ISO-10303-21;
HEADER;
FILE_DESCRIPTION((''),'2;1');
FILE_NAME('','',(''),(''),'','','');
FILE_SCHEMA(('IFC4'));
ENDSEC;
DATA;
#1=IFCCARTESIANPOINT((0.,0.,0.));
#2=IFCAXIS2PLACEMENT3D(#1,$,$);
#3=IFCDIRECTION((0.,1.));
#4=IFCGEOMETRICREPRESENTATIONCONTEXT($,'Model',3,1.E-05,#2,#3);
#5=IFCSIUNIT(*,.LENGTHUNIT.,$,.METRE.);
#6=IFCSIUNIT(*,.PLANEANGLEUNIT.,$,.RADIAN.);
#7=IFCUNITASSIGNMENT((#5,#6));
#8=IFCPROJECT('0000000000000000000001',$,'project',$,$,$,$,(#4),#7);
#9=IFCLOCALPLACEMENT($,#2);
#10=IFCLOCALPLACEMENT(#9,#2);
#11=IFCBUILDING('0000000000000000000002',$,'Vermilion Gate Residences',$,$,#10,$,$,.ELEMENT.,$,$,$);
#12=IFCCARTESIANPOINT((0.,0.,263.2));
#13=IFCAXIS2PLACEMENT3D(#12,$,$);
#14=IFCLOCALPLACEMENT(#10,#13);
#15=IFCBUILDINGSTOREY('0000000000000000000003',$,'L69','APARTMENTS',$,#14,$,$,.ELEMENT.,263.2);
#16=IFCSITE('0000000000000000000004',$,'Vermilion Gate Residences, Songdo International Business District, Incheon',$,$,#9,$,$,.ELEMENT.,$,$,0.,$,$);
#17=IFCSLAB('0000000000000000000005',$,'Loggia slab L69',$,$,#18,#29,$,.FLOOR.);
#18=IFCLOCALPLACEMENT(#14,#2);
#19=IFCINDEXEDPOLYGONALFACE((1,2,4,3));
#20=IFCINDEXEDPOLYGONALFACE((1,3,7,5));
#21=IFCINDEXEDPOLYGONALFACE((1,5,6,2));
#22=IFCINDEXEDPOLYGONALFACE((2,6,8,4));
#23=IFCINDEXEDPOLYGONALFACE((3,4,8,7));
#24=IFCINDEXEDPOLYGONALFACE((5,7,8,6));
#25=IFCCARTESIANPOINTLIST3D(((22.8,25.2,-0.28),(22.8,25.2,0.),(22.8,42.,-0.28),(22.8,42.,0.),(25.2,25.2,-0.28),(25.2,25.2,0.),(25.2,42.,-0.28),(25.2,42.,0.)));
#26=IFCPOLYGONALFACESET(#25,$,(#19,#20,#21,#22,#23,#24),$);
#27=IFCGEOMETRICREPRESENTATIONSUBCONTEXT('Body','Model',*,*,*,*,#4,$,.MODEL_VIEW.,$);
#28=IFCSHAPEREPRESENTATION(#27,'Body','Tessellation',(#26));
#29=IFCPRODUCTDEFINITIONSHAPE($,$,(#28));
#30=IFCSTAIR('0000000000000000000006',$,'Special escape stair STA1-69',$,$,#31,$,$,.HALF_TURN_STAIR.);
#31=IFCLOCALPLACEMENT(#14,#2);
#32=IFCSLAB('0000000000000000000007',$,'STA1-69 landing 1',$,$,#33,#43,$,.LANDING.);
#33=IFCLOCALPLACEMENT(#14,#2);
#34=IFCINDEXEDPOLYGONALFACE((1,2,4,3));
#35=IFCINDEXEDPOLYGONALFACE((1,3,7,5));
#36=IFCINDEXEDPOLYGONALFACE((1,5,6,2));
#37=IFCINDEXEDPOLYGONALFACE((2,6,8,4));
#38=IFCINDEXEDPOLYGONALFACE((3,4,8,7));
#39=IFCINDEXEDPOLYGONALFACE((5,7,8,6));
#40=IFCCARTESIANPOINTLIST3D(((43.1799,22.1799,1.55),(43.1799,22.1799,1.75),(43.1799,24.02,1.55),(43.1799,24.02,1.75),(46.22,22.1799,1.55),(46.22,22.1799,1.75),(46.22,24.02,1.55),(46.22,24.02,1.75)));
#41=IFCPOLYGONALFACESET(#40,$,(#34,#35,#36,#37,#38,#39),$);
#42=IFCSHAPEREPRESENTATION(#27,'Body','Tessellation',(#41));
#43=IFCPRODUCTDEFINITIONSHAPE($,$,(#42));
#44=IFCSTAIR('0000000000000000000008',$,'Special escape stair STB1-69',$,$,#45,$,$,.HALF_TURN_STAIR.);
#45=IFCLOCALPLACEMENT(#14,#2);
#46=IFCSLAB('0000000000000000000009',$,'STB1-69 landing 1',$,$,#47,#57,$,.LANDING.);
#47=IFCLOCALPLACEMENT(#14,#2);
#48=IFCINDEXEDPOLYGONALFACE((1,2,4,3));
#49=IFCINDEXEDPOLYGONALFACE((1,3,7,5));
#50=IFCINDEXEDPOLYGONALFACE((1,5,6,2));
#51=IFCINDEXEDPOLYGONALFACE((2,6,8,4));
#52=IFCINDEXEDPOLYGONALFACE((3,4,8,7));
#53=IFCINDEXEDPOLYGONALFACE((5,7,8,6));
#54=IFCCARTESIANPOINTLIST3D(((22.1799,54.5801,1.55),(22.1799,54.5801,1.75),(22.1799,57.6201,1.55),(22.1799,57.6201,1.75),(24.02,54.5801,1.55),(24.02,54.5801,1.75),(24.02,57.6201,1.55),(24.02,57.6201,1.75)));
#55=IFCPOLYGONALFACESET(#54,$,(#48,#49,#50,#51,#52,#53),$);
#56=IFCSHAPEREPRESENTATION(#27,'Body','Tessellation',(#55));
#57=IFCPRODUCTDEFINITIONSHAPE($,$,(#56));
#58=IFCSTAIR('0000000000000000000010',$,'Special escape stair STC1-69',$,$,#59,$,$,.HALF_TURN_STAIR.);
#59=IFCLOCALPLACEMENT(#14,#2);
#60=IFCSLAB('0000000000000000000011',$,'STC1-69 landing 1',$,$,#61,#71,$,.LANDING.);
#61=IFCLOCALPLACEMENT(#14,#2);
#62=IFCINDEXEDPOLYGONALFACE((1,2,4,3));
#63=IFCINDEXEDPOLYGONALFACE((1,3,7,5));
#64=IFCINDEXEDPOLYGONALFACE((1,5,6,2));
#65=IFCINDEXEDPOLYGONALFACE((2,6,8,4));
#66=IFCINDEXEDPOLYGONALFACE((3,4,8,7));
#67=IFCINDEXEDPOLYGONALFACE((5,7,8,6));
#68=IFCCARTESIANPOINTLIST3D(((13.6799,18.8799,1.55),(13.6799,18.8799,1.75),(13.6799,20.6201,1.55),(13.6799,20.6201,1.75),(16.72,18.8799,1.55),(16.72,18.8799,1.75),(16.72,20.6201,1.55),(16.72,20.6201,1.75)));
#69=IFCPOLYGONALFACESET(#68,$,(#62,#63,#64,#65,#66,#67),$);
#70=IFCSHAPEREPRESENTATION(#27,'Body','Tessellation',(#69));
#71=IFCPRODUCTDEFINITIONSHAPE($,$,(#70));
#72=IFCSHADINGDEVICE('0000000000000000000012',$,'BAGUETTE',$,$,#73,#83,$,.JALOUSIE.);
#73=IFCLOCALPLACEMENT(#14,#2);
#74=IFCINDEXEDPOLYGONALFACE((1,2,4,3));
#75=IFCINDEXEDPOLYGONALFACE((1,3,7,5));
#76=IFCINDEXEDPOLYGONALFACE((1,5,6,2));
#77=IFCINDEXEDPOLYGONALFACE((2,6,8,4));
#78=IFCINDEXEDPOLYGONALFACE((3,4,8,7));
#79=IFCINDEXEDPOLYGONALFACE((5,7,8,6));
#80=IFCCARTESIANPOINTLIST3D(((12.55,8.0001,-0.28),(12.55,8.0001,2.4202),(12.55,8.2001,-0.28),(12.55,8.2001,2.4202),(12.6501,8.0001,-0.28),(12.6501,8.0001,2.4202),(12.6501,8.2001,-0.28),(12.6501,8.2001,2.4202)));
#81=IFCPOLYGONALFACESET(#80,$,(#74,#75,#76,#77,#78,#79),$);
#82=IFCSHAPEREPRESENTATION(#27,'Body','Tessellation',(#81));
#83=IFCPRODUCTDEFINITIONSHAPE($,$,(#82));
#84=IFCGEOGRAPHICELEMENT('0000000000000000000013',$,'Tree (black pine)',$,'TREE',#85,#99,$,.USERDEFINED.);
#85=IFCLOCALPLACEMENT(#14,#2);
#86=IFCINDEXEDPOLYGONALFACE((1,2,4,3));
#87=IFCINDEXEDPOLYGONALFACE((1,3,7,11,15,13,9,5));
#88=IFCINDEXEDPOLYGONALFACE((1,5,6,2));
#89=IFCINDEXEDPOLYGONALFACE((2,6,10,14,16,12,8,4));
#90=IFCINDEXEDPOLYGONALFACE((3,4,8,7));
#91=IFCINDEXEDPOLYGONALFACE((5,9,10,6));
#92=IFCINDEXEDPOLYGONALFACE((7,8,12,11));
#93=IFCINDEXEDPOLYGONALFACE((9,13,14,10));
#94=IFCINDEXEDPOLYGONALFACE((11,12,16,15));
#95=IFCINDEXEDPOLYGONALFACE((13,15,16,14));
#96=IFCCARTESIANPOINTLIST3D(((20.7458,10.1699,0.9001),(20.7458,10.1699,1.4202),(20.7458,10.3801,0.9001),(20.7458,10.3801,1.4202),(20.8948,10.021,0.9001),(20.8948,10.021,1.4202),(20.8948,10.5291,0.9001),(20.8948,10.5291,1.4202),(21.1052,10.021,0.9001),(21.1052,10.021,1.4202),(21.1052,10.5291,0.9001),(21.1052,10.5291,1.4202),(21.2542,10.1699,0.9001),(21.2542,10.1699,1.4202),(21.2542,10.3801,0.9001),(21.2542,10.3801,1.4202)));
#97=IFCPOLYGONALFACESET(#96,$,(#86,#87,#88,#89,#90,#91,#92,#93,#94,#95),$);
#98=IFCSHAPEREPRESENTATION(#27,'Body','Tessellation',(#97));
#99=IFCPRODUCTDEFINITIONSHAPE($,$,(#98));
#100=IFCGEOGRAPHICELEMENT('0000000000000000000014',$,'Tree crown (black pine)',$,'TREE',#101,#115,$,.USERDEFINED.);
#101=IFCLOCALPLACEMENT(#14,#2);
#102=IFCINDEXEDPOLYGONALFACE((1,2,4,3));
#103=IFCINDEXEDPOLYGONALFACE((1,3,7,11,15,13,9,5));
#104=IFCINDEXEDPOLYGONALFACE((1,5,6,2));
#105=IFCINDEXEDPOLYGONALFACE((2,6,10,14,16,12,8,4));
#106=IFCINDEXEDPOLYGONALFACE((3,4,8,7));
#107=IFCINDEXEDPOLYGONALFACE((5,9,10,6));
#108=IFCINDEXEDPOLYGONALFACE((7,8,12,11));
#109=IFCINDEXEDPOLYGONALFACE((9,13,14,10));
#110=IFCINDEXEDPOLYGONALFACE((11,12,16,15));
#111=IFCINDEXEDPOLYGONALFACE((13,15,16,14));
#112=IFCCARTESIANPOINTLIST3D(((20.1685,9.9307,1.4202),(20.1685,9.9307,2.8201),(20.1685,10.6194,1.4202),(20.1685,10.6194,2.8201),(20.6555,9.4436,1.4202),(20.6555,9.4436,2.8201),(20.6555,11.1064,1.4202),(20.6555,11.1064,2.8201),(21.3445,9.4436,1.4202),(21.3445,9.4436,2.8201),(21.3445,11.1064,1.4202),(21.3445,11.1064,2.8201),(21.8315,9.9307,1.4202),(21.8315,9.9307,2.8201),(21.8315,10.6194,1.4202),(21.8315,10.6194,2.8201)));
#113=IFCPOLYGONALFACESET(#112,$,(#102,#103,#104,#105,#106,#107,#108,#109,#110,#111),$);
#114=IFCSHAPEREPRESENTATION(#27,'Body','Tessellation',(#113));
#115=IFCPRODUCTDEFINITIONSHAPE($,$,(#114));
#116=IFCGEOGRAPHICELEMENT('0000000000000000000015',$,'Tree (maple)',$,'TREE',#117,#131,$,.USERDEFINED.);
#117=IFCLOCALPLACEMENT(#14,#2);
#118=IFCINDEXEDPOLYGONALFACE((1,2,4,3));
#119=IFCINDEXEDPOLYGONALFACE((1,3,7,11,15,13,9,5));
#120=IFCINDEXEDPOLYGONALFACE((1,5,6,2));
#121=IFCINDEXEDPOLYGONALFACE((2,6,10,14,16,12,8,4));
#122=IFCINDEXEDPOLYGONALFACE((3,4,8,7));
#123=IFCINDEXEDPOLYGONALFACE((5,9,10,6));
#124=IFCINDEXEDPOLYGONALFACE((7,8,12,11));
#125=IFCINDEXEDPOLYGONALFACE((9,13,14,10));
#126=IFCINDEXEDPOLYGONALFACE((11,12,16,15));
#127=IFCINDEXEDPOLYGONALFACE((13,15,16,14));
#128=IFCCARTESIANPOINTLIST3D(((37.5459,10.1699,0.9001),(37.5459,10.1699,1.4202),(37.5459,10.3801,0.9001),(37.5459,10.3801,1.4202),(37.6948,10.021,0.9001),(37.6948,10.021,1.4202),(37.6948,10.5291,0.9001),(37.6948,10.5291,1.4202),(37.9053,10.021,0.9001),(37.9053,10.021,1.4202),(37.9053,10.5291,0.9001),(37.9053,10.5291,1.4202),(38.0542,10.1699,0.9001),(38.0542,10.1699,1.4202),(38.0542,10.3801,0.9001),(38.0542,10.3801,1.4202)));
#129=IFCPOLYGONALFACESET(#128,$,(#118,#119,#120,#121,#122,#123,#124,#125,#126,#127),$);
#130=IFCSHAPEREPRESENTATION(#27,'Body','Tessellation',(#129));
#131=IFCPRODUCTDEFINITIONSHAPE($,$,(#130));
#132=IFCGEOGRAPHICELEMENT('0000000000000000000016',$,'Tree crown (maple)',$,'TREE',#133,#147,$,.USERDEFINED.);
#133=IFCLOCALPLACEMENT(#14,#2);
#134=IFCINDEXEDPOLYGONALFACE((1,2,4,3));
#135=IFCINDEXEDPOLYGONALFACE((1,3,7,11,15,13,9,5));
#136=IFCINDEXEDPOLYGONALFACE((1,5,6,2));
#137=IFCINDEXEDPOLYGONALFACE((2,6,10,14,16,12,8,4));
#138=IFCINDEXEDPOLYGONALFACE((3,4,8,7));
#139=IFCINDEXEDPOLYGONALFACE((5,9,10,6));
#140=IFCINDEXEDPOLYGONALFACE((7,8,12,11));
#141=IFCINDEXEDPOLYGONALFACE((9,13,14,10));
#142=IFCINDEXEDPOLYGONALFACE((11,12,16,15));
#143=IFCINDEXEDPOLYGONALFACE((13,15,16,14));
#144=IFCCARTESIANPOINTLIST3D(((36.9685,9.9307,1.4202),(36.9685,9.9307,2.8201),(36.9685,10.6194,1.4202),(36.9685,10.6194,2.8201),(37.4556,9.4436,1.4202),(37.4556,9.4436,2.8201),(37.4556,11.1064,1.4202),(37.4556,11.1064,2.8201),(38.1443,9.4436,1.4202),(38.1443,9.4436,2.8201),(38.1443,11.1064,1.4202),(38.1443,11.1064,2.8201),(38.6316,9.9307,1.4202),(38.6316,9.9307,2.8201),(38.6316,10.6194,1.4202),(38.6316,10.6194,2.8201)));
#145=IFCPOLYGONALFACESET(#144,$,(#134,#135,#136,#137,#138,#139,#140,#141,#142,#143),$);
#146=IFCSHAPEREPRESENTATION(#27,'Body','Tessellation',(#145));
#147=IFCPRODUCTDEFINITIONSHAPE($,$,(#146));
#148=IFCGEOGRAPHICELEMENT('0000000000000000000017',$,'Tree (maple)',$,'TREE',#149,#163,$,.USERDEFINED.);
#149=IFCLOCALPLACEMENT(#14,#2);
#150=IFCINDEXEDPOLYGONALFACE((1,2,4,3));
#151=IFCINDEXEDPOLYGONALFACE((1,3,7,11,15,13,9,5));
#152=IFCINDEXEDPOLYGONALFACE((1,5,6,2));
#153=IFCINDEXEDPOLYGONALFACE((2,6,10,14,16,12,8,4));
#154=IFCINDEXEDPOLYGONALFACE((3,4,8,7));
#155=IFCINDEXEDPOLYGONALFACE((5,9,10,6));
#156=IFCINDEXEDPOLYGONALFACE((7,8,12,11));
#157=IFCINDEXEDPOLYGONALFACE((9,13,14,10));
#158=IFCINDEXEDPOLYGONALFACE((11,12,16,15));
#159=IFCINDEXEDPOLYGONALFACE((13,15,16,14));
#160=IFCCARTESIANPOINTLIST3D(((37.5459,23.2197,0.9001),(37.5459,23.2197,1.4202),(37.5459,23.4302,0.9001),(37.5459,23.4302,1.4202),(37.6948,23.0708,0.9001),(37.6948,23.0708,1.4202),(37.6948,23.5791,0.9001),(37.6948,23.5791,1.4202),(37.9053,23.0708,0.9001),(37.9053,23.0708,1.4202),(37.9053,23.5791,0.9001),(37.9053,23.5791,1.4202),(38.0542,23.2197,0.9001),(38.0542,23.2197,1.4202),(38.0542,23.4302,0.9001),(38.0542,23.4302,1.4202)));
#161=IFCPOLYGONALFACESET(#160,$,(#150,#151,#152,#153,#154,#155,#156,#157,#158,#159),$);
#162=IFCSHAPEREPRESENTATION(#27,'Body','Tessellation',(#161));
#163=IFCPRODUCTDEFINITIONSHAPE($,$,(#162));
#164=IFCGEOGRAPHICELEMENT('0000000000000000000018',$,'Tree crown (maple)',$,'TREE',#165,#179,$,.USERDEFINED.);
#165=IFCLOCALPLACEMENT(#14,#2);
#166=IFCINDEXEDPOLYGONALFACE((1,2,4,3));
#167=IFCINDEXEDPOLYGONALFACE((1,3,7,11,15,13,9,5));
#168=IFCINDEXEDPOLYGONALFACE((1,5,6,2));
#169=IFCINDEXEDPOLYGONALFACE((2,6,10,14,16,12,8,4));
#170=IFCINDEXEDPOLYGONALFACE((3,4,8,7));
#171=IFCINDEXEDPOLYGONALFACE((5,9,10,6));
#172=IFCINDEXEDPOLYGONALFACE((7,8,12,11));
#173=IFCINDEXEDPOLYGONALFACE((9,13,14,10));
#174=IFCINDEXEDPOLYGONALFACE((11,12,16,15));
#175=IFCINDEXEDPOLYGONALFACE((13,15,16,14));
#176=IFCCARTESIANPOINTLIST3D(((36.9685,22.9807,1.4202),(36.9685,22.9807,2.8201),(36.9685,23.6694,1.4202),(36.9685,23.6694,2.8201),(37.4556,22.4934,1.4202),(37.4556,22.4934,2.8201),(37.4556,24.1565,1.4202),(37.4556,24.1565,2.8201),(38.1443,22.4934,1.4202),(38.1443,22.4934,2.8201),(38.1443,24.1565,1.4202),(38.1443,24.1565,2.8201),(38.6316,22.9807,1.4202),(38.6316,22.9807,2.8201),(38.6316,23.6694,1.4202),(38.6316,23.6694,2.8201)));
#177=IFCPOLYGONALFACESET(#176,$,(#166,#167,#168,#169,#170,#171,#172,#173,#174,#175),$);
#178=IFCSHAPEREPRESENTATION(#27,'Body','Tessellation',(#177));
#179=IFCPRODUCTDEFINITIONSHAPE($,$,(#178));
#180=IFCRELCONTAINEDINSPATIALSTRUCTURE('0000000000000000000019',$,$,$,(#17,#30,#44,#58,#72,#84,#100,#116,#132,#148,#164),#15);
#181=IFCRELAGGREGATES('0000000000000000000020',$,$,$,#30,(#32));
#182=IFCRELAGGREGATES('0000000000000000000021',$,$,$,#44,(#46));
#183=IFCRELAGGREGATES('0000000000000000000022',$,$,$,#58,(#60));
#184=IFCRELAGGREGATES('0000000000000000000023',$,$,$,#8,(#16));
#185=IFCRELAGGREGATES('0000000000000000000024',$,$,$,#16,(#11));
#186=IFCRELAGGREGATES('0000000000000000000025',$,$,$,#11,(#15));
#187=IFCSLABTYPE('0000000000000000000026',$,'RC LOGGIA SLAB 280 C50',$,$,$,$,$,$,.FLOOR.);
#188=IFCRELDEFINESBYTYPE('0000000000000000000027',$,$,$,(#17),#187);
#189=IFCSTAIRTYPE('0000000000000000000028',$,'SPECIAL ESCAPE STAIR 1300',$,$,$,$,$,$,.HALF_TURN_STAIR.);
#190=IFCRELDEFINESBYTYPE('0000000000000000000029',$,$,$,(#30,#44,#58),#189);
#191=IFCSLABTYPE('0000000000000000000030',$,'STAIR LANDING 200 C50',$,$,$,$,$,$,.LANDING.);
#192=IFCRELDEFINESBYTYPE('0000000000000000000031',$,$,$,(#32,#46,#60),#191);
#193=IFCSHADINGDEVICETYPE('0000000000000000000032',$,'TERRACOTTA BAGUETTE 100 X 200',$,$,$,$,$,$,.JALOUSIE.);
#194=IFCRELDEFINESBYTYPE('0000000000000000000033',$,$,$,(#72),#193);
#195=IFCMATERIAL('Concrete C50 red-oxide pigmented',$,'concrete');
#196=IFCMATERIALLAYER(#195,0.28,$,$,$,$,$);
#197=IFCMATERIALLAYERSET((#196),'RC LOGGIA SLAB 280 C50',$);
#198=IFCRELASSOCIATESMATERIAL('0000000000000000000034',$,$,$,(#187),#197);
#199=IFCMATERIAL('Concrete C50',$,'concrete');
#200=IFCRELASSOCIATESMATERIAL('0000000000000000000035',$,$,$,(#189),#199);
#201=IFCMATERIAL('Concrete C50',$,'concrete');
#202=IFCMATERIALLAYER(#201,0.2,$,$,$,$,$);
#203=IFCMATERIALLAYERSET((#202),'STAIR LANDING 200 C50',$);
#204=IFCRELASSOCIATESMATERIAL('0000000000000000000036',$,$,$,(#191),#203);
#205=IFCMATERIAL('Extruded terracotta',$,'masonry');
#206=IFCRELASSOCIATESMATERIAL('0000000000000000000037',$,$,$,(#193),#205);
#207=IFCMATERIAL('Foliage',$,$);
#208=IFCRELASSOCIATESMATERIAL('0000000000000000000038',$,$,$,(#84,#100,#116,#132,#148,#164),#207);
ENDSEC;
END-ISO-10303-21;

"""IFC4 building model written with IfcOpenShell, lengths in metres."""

from ifc_helpers import new_model, si_unit, direction, frame, origin, origin_2d, place, context, subcontext, project, spatial, polyline, rectangle, outline, extrude, material, layer, layer_set, material_profile, profile_set, type_object, element, aggregate, save


model = new_model("IFC4")

# Units and contexts
model_context = context("Model", 3, precision=1e-05, world=origin(), true_north=direction((0.0, 1.0)))
body_context = subcontext(model_context, "Body", "Model", "MODEL_VIEW")
ifc_project = project(units=[si_unit("LENGTHUNIT", "METRE"), si_unit("PLANEANGLEUNIT", "RADIAN")], contexts=[model_context])

# Site, building, storey
site_placement = place(None, origin())
site = spatial("IfcSite", under=ifc_project, at=site_placement, Name="Vermilion Gate Residences, Songdo International Business District, Incheon", CompositionType="ELEMENT", RefElevation=0.0)
building_placement = place(site_placement, origin())
building = spatial("IfcBuilding", under=site, at=building_placement, Name="Vermilion Gate Residences", CompositionType="ELEMENT")
storey_placement = place(building_placement, frame((0.0, 0.0, 263.2)))
storey = spatial("IfcBuildingStorey", under=building, at=storey_placement, Name="L69", Description="APARTMENTS", CompositionType="ELEMENT", Elevation=263.2)

# Slab
ifc_material_1 = material(Name="Concrete C50 red-oxide pigmented", Category="concrete")
ifc_layer_1 = layer(ifc_material_1, 0.28)
ifc_layer_set_1 = layer_set([ifc_layer_1], Name="RC LOGGIA SLAB 280 C50")
slab_type_1 = type_object("IfcSlabType", Name="RC LOGGIA SLAB 280 C50", PredefinedType="FLOOR", material=ifc_layer_set_1)
slab_1_placement = place(storey_placement, frame((0.0, 0.0, -0.28)))
element("IfcSlab", 1, at=slab_1_placement, inside=storey, type_object=slab_type_1, Name="Loggia slab L69", PredefinedType="FLOOR", context=body_context, shape_type="SweptSolid", body=[
    extrude(outline(polyline([(25.2, 42.0), (22.8, 42.0), (22.8, 25.2), (25.2, 25.2), (25.2, 42.0)])), origin(), (0.0, 0.0, 1.0), 0.28),
])

# Stairs, slabs
ifc_material_2 = material(Name="Concrete C50", Category="concrete")
stair_type = type_object("IfcStairType", Name="SPECIAL ESCAPE STAIR 1300", PredefinedType="HALF_TURN_STAIR", material=ifc_material_2)
stair_1_placement = place(storey_placement, origin())
stair_1 = element("IfcStair", 2, at=stair_1_placement, inside=storey, type_object=stair_type, Name="Special escape stair STA1-69", PredefinedType="HALF_TURN_STAIR")
ifc_material_3 = material(Name="Concrete C50", Category="concrete")
ifc_layer_2 = layer(ifc_material_3, 0.2)
ifc_layer_set_2 = layer_set([ifc_layer_2], Name="STAIR LANDING 200 C50")
slab_type_2 = type_object("IfcSlabType", Name="STAIR LANDING 200 C50", PredefinedType="LANDING", material=ifc_layer_set_2)
slab_2_placement = place(storey_placement, frame((0.0, 0.0, 1.55)))
slab_2 = element("IfcSlab", 3, at=slab_2_placement, type_object=slab_type_2, Name="STA1-69 landing 1", PredefinedType="LANDING", context=body_context, shape_type="SweptSolid", body=[
    extrude(outline(polyline([(46.22, 22.1799), (46.22, 24.02), (43.1799, 24.02), (43.1799, 22.1799), (46.22, 22.1799)])), origin(), (0.0, 0.0, 1.0), 0.2),
])
aggregate(stair_1, [slab_2])
stair_2_placement = place(storey_placement, origin())
stair_2 = element("IfcStair", 4, at=stair_2_placement, inside=storey, type_object=stair_type, Name="Special escape stair STB1-69", PredefinedType="HALF_TURN_STAIR")
slab_3_placement = place(storey_placement, frame((0.0, 0.0, 1.55)))
slab_3 = element("IfcSlab", 5, at=slab_3_placement, type_object=slab_type_2, Name="STB1-69 landing 1", PredefinedType="LANDING", context=body_context, shape_type="SweptSolid", body=[
    extrude(outline(polyline([(24.02, 54.5801), (24.02, 57.6201), (22.1799, 57.6201), (22.1799, 54.5801), (24.02, 54.5801)])), origin(), (0.0, 0.0, 1.0), 0.2),
])
aggregate(stair_2, [slab_3])
stair_3_placement = place(storey_placement, origin())
stair_3 = element("IfcStair", 6, at=stair_3_placement, inside=storey, type_object=stair_type, Name="Special escape stair STC1-69", PredefinedType="HALF_TURN_STAIR")
slab_4_placement = place(storey_placement, frame((0.0, 0.0, 1.55)))
slab_4 = element("IfcSlab", 7, at=slab_4_placement, type_object=slab_type_2, Name="STC1-69 landing 1", PredefinedType="LANDING", context=body_context, shape_type="SweptSolid", body=[
    extrude(outline(polyline([(16.72, 18.8799), (16.72, 20.6201), (13.6799, 20.6201), (13.6799, 18.8799), (16.72, 18.8799)])), origin(), (0.0, 0.0, 1.0), 0.2),
])
aggregate(stair_3, [slab_4])

# Shading device
ifc_material_4 = material(Name="Extruded terracotta", Category="masonry")
ifc_material_profile_1 = material_profile(ifc_material_4, rectangle(XDim=0.2, YDim=0.1001, at=origin_2d()), Name="BAGUETTE 100 X 200")
ifc_profile_set_1 = profile_set([ifc_material_profile_1], Name="Extruded terracotta")
shading_device_type = type_object("IfcShadingDeviceType", Name="TERRACOTTA BAGUETTE 100 X 200", PredefinedType="JALOUSIE", material=ifc_profile_set_1)
shading_device_placement = place(storey_placement, frame((12.6001, 8.1001, -0.28), z_axis=(0.0, 0.0, 1.0), x_axis=(0.0, 1.0, 0.0)))
element("IfcShadingDevice", 8, at=shading_device_placement, inside=storey, type_object=shading_device_type, Name="BAGUETTE", PredefinedType="JALOUSIE", context=body_context, shape_type="SweptSolid", body=[
    extrude(rectangle(XDim=0.2, YDim=0.1001, at=origin_2d()), origin(), (0.0, 0.0, 1.0), 2.7002),
])

# Geographic elements
ifc_material_5 = material(Name="Foliage")
geographic_element_1_placement = place(storey_placement, frame((0.0, 0.0, 0.9001)))
element("IfcGeographicElement", 9, at=geographic_element_1_placement, inside=storey, material=ifc_material_5, Name="Tree (black pine)", ObjectType="TREE", PredefinedType="USERDEFINED", context=body_context, shape_type="SweptSolid", body=[
    extrude(outline(polyline([(21.2542, 10.3801), (21.1052, 10.5291), (20.8948, 10.5291), (20.7458, 10.3801), (20.7458, 10.1699), (20.8948, 10.021), (21.1052, 10.021), (21.2542, 10.1699), (21.2542, 10.3801)])), origin(), (0.0, 0.0, 1.0), 0.52),
])
geographic_element_2_placement = place(storey_placement, frame((0.0, 0.0, 1.4202)))
element("IfcGeographicElement", 10, at=geographic_element_2_placement, inside=storey, material=ifc_material_5, Name="Tree crown (black pine)", ObjectType="TREE", PredefinedType="USERDEFINED", context=body_context, shape_type="SweptSolid", body=[
    extrude(outline(polyline([(21.8315, 10.6194), (21.3445, 11.1064), (20.6555, 11.1064), (20.1685, 10.6194), (20.1685, 9.9307), (20.6555, 9.4436), (21.3445, 9.4436), (21.8315, 9.9307), (21.8315, 10.6194)])), origin(), (0.0, 0.0, 1.0), 1.3999),
])
geographic_element_3_placement = place(storey_placement, frame((0.0, 0.0, 0.9001)))
element("IfcGeographicElement", 11, at=geographic_element_3_placement, inside=storey, material=ifc_material_5, Name="Tree (maple)", ObjectType="TREE", PredefinedType="USERDEFINED", context=body_context, shape_type="SweptSolid", body=[
    extrude(outline(polyline([(38.0542, 10.3801), (37.9053, 10.5291), (37.6948, 10.5291), (37.5459, 10.3801), (37.5459, 10.1699), (37.6948, 10.021), (37.9053, 10.021), (38.0542, 10.1699), (38.0542, 10.3801)])), origin(), (0.0, 0.0, 1.0), 0.52),
])
geographic_element_4_placement = place(storey_placement, frame((0.0, 0.0, 1.4202)))
element("IfcGeographicElement", 12, at=geographic_element_4_placement, inside=storey, material=ifc_material_5, Name="Tree crown (maple)", ObjectType="TREE", PredefinedType="USERDEFINED", context=body_context, shape_type="SweptSolid", body=[
    extrude(outline(polyline([(38.6316, 10.6194), (38.1443, 11.1064), (37.4556, 11.1064), (36.9685, 10.6194), (36.9685, 9.9307), (37.4556, 9.4436), (38.1443, 9.4436), (38.6316, 9.9307), (38.6316, 10.6194)])), origin(), (0.0, 0.0, 1.0), 1.3999),
])
geographic_element_5_placement = place(storey_placement, frame((0.0, 0.0, 0.9001)))
element("IfcGeographicElement", 13, at=geographic_element_5_placement, inside=storey, material=ifc_material_5, Name="Tree (maple)", ObjectType="TREE", PredefinedType="USERDEFINED", context=body_context, shape_type="SweptSolid", body=[
    extrude(outline(polyline([(38.0542, 23.4302), (37.9053, 23.5791), (37.6948, 23.5791), (37.5459, 23.4302), (37.5459, 23.2197), (37.6948, 23.0708), (37.9053, 23.0708), (38.0542, 23.2197), (38.0542, 23.4302)])), origin(), (0.0, 0.0, 1.0), 0.52),
])
geographic_element_6_placement = place(storey_placement, frame((0.0, 0.0, 1.4202)))
element("IfcGeographicElement", 14, at=geographic_element_6_placement, inside=storey, material=ifc_material_5, Name="Tree crown (maple)", ObjectType="TREE", PredefinedType="USERDEFINED", context=body_context, shape_type="SweptSolid", body=[
    extrude(outline(polyline([(38.6316, 23.6694), (38.1443, 24.1565), (37.4556, 24.1565), (36.9685, 23.6694), (36.9685, 22.9807), (37.4556, 22.4934), (38.1443, 22.4934), (38.6316, 22.9807), (38.6316, 23.6694)])), origin(), (0.0, 0.0, 1.0), 1.3999),
])

save(model, "model.ifc")
